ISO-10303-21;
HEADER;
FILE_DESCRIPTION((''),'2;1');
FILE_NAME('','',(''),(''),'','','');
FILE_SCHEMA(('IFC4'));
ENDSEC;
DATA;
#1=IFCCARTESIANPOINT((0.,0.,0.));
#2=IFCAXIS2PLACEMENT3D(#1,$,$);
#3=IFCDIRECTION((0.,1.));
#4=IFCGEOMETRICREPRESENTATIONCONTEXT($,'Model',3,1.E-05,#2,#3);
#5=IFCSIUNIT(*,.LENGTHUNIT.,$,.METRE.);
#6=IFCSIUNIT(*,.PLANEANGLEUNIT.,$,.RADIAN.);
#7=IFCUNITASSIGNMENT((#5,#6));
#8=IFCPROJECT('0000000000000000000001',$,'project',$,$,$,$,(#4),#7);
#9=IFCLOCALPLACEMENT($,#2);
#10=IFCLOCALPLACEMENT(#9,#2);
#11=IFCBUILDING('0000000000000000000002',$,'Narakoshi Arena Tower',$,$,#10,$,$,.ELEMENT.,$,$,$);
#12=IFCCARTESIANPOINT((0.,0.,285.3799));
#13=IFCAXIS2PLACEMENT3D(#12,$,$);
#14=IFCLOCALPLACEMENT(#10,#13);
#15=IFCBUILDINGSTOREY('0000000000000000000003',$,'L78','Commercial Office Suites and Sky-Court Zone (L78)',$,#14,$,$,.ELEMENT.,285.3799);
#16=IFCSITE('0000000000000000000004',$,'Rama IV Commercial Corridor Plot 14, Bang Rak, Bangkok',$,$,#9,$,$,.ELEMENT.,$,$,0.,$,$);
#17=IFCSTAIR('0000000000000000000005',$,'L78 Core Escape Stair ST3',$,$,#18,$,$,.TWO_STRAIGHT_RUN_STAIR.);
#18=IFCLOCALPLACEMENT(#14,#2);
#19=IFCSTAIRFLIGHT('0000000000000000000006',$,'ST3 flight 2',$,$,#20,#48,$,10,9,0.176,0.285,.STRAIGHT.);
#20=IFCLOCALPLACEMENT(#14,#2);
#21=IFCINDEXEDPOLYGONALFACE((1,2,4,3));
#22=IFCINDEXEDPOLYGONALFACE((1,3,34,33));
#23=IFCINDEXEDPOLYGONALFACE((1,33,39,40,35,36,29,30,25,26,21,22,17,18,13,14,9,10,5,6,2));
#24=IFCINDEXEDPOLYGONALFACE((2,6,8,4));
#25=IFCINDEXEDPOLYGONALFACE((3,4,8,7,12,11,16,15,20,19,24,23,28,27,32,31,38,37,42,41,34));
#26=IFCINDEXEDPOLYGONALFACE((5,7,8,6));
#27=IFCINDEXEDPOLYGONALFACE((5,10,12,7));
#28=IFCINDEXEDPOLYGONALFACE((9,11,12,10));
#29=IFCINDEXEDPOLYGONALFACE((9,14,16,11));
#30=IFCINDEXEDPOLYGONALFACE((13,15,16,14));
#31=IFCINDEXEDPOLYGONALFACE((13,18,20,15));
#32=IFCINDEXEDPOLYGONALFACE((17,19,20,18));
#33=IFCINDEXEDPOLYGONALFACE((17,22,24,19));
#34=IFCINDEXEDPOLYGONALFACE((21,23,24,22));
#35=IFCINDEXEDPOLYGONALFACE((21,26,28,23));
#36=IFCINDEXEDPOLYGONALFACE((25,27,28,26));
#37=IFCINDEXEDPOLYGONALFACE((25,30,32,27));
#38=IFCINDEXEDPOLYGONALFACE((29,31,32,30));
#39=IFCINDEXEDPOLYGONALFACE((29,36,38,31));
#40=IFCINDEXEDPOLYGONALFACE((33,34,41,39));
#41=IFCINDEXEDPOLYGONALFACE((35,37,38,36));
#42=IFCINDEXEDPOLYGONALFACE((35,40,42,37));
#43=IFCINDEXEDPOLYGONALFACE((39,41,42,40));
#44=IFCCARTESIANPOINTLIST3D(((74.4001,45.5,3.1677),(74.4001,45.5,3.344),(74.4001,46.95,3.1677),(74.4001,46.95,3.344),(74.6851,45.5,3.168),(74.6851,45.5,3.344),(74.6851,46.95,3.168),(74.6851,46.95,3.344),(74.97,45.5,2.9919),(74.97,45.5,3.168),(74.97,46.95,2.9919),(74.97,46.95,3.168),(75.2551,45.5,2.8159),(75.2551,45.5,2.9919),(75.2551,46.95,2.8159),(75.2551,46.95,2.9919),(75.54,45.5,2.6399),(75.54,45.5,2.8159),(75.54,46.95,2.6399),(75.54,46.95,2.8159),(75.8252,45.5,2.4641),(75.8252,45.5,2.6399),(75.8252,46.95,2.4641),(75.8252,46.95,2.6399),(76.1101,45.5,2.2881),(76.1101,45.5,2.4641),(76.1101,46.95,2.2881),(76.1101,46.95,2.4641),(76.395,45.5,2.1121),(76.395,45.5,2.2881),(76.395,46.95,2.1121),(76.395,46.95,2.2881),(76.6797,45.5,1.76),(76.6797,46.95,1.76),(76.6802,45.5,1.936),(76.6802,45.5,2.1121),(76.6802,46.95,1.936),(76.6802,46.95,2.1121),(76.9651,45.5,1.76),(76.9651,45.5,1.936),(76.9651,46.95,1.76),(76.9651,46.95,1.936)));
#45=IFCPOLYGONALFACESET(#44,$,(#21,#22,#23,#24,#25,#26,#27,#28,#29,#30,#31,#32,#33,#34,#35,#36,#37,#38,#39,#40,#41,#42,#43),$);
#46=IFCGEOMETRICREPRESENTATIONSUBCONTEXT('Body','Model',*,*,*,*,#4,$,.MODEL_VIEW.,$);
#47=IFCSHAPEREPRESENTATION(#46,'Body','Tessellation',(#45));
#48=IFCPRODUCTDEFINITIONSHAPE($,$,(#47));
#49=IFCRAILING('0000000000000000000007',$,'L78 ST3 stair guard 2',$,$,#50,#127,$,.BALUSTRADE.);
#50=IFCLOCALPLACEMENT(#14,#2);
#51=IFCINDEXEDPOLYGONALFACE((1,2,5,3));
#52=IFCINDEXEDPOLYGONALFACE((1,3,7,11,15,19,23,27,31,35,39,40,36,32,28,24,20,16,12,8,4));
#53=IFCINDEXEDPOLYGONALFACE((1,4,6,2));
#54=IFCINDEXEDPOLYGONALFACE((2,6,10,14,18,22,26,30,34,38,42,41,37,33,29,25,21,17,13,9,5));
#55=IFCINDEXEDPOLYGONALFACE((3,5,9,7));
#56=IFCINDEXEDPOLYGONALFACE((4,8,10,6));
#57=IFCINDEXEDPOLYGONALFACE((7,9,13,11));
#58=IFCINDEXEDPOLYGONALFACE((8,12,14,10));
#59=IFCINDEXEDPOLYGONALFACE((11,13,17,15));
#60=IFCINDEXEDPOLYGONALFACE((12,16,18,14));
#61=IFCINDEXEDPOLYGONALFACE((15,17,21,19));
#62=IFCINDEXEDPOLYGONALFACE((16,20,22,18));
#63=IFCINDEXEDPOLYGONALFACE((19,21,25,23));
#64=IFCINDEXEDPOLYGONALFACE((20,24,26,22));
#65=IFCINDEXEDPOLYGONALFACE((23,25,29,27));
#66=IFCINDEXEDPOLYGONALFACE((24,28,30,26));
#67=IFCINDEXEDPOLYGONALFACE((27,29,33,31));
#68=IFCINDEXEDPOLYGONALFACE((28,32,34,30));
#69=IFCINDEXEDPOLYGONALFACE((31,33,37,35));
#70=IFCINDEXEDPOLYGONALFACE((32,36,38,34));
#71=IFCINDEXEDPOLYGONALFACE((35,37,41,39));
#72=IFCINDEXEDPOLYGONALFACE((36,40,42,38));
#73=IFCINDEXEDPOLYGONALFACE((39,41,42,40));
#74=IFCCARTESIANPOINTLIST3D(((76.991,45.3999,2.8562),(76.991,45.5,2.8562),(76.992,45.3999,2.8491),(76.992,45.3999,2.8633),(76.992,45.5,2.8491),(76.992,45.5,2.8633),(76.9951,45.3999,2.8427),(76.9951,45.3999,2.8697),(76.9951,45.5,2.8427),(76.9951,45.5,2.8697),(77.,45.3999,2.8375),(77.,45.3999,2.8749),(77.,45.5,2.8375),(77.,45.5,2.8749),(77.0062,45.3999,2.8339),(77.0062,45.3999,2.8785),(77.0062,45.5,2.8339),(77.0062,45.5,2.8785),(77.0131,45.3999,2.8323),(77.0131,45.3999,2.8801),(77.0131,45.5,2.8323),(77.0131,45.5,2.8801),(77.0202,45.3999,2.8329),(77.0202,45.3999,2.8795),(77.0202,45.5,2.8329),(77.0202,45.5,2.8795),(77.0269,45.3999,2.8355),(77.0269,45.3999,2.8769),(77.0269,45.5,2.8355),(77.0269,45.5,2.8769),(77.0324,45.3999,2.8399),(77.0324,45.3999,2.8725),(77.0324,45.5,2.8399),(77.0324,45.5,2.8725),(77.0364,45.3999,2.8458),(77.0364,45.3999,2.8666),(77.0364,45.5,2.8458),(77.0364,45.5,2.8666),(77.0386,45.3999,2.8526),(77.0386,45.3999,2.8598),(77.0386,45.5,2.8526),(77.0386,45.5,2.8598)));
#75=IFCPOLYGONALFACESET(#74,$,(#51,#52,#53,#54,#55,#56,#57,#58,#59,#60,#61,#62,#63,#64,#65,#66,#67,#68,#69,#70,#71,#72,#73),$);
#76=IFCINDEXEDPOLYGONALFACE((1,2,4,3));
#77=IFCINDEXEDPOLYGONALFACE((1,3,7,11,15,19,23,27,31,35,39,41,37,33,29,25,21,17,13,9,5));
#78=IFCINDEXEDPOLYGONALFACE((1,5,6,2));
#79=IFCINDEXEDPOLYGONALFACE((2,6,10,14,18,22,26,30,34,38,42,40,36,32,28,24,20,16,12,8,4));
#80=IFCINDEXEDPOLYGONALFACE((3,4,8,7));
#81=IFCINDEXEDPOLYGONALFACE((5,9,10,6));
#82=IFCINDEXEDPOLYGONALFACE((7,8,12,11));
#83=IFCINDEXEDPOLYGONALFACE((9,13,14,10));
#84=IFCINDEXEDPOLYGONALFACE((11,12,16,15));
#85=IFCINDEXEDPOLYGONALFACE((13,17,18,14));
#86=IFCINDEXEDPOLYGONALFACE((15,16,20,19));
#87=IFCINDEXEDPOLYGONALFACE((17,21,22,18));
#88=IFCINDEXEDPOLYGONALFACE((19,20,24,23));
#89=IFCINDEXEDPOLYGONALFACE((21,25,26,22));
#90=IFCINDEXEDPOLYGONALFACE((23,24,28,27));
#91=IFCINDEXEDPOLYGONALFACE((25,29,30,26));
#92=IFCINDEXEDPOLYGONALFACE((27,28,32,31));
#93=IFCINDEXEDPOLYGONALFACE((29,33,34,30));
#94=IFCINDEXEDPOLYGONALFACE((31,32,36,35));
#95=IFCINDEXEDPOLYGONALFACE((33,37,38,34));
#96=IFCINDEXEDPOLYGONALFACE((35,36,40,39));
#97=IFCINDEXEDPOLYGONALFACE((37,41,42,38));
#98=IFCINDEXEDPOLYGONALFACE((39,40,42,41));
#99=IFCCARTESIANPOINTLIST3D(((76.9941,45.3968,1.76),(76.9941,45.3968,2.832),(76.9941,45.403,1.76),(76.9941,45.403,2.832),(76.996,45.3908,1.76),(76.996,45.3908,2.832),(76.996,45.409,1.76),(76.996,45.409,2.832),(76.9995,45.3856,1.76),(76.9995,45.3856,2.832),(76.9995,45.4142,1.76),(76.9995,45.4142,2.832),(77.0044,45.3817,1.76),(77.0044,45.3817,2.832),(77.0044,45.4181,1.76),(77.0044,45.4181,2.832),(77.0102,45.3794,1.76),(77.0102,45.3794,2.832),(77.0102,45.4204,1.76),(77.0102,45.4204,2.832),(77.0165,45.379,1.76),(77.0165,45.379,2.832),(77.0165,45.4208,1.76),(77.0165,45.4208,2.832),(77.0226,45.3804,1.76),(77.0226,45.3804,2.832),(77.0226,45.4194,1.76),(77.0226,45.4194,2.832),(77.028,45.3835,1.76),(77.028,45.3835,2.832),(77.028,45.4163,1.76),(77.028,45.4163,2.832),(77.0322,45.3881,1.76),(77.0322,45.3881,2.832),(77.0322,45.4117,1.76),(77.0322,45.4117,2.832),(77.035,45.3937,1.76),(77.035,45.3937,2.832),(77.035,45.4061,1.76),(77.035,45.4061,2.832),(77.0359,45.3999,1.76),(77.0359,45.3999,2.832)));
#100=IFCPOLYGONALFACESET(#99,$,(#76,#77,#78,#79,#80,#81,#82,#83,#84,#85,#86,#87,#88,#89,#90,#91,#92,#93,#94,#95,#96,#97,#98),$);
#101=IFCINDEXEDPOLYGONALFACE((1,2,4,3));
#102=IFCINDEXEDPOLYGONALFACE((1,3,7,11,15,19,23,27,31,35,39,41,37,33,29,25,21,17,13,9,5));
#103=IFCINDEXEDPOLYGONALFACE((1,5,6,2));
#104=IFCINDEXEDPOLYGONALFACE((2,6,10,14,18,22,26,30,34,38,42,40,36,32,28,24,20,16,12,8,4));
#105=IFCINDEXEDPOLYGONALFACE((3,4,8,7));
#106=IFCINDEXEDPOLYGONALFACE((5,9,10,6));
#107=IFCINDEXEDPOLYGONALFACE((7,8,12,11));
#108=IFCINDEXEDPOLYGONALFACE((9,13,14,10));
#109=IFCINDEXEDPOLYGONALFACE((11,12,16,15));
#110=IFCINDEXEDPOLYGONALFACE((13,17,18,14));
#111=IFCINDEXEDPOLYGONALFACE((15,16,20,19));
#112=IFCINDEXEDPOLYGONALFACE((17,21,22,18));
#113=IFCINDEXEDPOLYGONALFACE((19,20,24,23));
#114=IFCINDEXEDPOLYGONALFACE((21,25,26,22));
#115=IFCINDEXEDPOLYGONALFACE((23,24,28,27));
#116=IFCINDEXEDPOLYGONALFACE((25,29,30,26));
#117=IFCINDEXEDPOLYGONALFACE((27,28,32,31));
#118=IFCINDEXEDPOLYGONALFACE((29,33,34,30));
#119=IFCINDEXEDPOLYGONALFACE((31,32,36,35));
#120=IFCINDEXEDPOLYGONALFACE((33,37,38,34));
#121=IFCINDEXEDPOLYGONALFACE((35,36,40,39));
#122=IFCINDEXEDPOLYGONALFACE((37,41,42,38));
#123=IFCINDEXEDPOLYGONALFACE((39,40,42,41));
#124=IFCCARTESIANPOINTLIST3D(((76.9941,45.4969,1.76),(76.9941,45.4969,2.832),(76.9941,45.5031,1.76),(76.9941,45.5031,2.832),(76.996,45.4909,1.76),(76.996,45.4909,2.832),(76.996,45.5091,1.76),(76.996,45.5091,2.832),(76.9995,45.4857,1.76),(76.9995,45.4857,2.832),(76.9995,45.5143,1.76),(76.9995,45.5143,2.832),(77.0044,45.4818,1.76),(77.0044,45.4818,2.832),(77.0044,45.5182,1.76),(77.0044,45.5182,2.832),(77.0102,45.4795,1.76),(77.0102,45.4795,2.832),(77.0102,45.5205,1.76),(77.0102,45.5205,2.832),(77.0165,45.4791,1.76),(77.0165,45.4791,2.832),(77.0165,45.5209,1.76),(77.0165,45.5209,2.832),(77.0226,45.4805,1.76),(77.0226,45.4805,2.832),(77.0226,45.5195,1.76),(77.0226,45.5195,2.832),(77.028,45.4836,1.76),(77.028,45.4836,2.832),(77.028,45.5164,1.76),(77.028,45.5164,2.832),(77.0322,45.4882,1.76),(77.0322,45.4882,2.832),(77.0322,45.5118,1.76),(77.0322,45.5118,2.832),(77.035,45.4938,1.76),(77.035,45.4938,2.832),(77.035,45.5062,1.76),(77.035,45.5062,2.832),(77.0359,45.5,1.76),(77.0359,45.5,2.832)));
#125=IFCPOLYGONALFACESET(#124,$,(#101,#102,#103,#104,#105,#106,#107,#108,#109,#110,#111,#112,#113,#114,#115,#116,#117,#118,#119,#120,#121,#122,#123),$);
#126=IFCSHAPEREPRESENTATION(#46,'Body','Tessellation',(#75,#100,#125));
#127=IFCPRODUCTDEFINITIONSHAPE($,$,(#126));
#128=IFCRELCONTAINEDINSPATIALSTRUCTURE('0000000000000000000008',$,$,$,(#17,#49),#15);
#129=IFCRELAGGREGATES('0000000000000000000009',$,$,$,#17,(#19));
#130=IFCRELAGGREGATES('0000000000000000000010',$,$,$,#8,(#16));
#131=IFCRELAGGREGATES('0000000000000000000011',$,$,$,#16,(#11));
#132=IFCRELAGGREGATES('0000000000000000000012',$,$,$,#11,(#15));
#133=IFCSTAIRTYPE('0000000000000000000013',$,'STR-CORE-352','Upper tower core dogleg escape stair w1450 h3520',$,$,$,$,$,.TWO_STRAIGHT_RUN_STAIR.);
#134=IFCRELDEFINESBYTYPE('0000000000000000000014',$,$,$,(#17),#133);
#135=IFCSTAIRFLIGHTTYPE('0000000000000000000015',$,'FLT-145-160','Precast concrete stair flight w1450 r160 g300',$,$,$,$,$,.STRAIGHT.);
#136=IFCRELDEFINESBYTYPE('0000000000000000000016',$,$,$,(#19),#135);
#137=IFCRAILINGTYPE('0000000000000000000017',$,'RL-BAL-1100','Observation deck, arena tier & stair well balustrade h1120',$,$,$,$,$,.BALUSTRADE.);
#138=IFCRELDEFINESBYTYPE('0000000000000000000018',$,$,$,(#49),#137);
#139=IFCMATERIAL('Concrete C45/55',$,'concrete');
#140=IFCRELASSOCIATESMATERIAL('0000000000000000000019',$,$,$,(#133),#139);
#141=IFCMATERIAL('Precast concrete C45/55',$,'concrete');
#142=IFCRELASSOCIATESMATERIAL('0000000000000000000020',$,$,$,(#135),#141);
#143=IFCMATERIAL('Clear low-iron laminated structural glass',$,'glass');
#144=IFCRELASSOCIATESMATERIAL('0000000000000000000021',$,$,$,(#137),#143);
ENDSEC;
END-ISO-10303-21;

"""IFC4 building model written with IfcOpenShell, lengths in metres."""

from ifc_helpers import new_model, si_unit, direction, frame, origin, origin_2d, place, context, subcontext, project, spatial, polyline, circle, outline, extrude, material, type_object, element, aggregate, save


model = new_model("IFC4")

# Units and contexts
model_context = context("Model", 3, precision=1e-05, world=origin(), true_north=direction((0.0, 1.0)))
body_context = subcontext(model_context, "Body", "Model", "MODEL_VIEW")
ifc_project = project(units=[si_unit("LENGTHUNIT", "METRE"), si_unit("PLANEANGLEUNIT", "RADIAN")], contexts=[model_context])

# Site, building, storey
site_placement = place(None, origin())
site = spatial("IfcSite", under=ifc_project, at=site_placement, Name="Rama IV Commercial Corridor Plot 14, Bang Rak, Bangkok", CompositionType="ELEMENT", RefElevation=0.0)
building_placement = place(site_placement, origin())
building = spatial("IfcBuilding", under=site, at=building_placement, Name="Narakoshi Arena Tower", CompositionType="ELEMENT")
storey_placement = place(building_placement, frame((0.0, 0.0, 285.3799)))
storey = spatial("IfcBuildingStorey", under=building, at=storey_placement, Name="L78", Description="Commercial Office Suites and Sky-Court Zone (L78)", CompositionType="ELEMENT", Elevation=285.3799)

# Stair, stair flight
ifc_material_1 = material(Name="Concrete C45/55", Category="concrete")
stair_type = type_object("IfcStairType", Name="STR-CORE-352", Description="Upper tower core dogleg escape stair w1450 h3520", PredefinedType="TWO_STRAIGHT_RUN_STAIR", material=ifc_material_1)
stair_placement = place(storey_placement, origin())
stair = element("IfcStair", 1, at=stair_placement, inside=storey, type_object=stair_type, Name="L78 Core Escape Stair ST3", PredefinedType="TWO_STRAIGHT_RUN_STAIR")
ifc_material_2 = material(Name="Precast concrete C45/55", Category="concrete")
stair_flight_type = type_object("IfcStairFlightType", Name="FLT-145-160", Description="Precast concrete stair flight w1450 r160 g300", PredefinedType="STRAIGHT", material=ifc_material_2)
stair_flight_placement = place(storey_placement, frame((76.9651, 46.2251, 1.76), z_axis=(0.0, 0.0, 1.0), x_axis=(-1.0, 0.0, 0.0)))
stair_flight = element("IfcStairFlight", 2, at=stair_flight_placement, type_object=stair_flight_type, Name="ST3 flight 2", NumberOfRisers=10, NumberOfTreads=9, PredefinedType="STRAIGHT", RiserHeight=0.176, TreadLength=0.285, context=body_context, shape_type="SweptSolid", body=[
    extrude(outline(polyline([(0.0, 0.0), (0.0, 0.176), (0.2849, 0.176), (0.2849, 0.3521), (0.5701, 0.3521), (0.5701, 0.5281), (0.855, 0.5281), (0.855, 0.7041), (1.1399, 0.7041), (1.1399, 0.8799), (1.425, 0.8799), (1.425, 1.0559), (1.71, 1.0559), (1.71, 1.2319), (1.9951, 1.2319), (1.9951, 1.408), (2.28, 1.408), (2.28, 1.584), (2.5649, 1.584), (2.5649, 1.76), (2.5649, 1.4077), (0.2854, 0.0), (0.0, 0.0)])), frame((0.0, 0.7251, 0.0), z_axis=(0.0, -1.0, 0.0), x_axis=(1.0, 0.0, 0.0)), (0.0, 0.0, 1.0), 1.45),
])
aggregate(stair, [stair_flight])

# Railing
ifc_material_3 = material(Name="Clear low-iron laminated structural glass", Category="glass")
railing_type_1 = type_object("IfcRailingType", Name="RL-BAL-1100", Description="Observation deck, arena tier & stair well balustrade h1120", PredefinedType="BALUSTRADE", material=ifc_material_3)
railing_1_placement = place(storey_placement, frame((77.0149, 45.3999, 1.76)))
element("IfcRailing", 3, at=railing_1_placement, inside=storey, type_object=railing_type_1, Name="L78 ST3 stair guard 2", PredefinedType="BALUSTRADE", context=body_context, shape_type="SweptSolid", body=[
    extrude(circle(Radius=0.0239, at=origin_2d()), frame((0.0, 0.0, 1.0962), z_axis=(0.0, 1.0, 0.0), x_axis=(-1.0, 0.0, 0.0)), (0.0, 0.0, 1.0), 0.1001),
    extrude(circle(Radius=0.021, at=origin_2d()), origin(), (0.0, 0.0, 1.0), 1.072),
    extrude(circle(Radius=0.021, at=origin_2d()), frame((0.0, 0.1001, 0.0)), (0.0, 0.0, 1.0), 1.072),
])

save(model, "model.ifc")
